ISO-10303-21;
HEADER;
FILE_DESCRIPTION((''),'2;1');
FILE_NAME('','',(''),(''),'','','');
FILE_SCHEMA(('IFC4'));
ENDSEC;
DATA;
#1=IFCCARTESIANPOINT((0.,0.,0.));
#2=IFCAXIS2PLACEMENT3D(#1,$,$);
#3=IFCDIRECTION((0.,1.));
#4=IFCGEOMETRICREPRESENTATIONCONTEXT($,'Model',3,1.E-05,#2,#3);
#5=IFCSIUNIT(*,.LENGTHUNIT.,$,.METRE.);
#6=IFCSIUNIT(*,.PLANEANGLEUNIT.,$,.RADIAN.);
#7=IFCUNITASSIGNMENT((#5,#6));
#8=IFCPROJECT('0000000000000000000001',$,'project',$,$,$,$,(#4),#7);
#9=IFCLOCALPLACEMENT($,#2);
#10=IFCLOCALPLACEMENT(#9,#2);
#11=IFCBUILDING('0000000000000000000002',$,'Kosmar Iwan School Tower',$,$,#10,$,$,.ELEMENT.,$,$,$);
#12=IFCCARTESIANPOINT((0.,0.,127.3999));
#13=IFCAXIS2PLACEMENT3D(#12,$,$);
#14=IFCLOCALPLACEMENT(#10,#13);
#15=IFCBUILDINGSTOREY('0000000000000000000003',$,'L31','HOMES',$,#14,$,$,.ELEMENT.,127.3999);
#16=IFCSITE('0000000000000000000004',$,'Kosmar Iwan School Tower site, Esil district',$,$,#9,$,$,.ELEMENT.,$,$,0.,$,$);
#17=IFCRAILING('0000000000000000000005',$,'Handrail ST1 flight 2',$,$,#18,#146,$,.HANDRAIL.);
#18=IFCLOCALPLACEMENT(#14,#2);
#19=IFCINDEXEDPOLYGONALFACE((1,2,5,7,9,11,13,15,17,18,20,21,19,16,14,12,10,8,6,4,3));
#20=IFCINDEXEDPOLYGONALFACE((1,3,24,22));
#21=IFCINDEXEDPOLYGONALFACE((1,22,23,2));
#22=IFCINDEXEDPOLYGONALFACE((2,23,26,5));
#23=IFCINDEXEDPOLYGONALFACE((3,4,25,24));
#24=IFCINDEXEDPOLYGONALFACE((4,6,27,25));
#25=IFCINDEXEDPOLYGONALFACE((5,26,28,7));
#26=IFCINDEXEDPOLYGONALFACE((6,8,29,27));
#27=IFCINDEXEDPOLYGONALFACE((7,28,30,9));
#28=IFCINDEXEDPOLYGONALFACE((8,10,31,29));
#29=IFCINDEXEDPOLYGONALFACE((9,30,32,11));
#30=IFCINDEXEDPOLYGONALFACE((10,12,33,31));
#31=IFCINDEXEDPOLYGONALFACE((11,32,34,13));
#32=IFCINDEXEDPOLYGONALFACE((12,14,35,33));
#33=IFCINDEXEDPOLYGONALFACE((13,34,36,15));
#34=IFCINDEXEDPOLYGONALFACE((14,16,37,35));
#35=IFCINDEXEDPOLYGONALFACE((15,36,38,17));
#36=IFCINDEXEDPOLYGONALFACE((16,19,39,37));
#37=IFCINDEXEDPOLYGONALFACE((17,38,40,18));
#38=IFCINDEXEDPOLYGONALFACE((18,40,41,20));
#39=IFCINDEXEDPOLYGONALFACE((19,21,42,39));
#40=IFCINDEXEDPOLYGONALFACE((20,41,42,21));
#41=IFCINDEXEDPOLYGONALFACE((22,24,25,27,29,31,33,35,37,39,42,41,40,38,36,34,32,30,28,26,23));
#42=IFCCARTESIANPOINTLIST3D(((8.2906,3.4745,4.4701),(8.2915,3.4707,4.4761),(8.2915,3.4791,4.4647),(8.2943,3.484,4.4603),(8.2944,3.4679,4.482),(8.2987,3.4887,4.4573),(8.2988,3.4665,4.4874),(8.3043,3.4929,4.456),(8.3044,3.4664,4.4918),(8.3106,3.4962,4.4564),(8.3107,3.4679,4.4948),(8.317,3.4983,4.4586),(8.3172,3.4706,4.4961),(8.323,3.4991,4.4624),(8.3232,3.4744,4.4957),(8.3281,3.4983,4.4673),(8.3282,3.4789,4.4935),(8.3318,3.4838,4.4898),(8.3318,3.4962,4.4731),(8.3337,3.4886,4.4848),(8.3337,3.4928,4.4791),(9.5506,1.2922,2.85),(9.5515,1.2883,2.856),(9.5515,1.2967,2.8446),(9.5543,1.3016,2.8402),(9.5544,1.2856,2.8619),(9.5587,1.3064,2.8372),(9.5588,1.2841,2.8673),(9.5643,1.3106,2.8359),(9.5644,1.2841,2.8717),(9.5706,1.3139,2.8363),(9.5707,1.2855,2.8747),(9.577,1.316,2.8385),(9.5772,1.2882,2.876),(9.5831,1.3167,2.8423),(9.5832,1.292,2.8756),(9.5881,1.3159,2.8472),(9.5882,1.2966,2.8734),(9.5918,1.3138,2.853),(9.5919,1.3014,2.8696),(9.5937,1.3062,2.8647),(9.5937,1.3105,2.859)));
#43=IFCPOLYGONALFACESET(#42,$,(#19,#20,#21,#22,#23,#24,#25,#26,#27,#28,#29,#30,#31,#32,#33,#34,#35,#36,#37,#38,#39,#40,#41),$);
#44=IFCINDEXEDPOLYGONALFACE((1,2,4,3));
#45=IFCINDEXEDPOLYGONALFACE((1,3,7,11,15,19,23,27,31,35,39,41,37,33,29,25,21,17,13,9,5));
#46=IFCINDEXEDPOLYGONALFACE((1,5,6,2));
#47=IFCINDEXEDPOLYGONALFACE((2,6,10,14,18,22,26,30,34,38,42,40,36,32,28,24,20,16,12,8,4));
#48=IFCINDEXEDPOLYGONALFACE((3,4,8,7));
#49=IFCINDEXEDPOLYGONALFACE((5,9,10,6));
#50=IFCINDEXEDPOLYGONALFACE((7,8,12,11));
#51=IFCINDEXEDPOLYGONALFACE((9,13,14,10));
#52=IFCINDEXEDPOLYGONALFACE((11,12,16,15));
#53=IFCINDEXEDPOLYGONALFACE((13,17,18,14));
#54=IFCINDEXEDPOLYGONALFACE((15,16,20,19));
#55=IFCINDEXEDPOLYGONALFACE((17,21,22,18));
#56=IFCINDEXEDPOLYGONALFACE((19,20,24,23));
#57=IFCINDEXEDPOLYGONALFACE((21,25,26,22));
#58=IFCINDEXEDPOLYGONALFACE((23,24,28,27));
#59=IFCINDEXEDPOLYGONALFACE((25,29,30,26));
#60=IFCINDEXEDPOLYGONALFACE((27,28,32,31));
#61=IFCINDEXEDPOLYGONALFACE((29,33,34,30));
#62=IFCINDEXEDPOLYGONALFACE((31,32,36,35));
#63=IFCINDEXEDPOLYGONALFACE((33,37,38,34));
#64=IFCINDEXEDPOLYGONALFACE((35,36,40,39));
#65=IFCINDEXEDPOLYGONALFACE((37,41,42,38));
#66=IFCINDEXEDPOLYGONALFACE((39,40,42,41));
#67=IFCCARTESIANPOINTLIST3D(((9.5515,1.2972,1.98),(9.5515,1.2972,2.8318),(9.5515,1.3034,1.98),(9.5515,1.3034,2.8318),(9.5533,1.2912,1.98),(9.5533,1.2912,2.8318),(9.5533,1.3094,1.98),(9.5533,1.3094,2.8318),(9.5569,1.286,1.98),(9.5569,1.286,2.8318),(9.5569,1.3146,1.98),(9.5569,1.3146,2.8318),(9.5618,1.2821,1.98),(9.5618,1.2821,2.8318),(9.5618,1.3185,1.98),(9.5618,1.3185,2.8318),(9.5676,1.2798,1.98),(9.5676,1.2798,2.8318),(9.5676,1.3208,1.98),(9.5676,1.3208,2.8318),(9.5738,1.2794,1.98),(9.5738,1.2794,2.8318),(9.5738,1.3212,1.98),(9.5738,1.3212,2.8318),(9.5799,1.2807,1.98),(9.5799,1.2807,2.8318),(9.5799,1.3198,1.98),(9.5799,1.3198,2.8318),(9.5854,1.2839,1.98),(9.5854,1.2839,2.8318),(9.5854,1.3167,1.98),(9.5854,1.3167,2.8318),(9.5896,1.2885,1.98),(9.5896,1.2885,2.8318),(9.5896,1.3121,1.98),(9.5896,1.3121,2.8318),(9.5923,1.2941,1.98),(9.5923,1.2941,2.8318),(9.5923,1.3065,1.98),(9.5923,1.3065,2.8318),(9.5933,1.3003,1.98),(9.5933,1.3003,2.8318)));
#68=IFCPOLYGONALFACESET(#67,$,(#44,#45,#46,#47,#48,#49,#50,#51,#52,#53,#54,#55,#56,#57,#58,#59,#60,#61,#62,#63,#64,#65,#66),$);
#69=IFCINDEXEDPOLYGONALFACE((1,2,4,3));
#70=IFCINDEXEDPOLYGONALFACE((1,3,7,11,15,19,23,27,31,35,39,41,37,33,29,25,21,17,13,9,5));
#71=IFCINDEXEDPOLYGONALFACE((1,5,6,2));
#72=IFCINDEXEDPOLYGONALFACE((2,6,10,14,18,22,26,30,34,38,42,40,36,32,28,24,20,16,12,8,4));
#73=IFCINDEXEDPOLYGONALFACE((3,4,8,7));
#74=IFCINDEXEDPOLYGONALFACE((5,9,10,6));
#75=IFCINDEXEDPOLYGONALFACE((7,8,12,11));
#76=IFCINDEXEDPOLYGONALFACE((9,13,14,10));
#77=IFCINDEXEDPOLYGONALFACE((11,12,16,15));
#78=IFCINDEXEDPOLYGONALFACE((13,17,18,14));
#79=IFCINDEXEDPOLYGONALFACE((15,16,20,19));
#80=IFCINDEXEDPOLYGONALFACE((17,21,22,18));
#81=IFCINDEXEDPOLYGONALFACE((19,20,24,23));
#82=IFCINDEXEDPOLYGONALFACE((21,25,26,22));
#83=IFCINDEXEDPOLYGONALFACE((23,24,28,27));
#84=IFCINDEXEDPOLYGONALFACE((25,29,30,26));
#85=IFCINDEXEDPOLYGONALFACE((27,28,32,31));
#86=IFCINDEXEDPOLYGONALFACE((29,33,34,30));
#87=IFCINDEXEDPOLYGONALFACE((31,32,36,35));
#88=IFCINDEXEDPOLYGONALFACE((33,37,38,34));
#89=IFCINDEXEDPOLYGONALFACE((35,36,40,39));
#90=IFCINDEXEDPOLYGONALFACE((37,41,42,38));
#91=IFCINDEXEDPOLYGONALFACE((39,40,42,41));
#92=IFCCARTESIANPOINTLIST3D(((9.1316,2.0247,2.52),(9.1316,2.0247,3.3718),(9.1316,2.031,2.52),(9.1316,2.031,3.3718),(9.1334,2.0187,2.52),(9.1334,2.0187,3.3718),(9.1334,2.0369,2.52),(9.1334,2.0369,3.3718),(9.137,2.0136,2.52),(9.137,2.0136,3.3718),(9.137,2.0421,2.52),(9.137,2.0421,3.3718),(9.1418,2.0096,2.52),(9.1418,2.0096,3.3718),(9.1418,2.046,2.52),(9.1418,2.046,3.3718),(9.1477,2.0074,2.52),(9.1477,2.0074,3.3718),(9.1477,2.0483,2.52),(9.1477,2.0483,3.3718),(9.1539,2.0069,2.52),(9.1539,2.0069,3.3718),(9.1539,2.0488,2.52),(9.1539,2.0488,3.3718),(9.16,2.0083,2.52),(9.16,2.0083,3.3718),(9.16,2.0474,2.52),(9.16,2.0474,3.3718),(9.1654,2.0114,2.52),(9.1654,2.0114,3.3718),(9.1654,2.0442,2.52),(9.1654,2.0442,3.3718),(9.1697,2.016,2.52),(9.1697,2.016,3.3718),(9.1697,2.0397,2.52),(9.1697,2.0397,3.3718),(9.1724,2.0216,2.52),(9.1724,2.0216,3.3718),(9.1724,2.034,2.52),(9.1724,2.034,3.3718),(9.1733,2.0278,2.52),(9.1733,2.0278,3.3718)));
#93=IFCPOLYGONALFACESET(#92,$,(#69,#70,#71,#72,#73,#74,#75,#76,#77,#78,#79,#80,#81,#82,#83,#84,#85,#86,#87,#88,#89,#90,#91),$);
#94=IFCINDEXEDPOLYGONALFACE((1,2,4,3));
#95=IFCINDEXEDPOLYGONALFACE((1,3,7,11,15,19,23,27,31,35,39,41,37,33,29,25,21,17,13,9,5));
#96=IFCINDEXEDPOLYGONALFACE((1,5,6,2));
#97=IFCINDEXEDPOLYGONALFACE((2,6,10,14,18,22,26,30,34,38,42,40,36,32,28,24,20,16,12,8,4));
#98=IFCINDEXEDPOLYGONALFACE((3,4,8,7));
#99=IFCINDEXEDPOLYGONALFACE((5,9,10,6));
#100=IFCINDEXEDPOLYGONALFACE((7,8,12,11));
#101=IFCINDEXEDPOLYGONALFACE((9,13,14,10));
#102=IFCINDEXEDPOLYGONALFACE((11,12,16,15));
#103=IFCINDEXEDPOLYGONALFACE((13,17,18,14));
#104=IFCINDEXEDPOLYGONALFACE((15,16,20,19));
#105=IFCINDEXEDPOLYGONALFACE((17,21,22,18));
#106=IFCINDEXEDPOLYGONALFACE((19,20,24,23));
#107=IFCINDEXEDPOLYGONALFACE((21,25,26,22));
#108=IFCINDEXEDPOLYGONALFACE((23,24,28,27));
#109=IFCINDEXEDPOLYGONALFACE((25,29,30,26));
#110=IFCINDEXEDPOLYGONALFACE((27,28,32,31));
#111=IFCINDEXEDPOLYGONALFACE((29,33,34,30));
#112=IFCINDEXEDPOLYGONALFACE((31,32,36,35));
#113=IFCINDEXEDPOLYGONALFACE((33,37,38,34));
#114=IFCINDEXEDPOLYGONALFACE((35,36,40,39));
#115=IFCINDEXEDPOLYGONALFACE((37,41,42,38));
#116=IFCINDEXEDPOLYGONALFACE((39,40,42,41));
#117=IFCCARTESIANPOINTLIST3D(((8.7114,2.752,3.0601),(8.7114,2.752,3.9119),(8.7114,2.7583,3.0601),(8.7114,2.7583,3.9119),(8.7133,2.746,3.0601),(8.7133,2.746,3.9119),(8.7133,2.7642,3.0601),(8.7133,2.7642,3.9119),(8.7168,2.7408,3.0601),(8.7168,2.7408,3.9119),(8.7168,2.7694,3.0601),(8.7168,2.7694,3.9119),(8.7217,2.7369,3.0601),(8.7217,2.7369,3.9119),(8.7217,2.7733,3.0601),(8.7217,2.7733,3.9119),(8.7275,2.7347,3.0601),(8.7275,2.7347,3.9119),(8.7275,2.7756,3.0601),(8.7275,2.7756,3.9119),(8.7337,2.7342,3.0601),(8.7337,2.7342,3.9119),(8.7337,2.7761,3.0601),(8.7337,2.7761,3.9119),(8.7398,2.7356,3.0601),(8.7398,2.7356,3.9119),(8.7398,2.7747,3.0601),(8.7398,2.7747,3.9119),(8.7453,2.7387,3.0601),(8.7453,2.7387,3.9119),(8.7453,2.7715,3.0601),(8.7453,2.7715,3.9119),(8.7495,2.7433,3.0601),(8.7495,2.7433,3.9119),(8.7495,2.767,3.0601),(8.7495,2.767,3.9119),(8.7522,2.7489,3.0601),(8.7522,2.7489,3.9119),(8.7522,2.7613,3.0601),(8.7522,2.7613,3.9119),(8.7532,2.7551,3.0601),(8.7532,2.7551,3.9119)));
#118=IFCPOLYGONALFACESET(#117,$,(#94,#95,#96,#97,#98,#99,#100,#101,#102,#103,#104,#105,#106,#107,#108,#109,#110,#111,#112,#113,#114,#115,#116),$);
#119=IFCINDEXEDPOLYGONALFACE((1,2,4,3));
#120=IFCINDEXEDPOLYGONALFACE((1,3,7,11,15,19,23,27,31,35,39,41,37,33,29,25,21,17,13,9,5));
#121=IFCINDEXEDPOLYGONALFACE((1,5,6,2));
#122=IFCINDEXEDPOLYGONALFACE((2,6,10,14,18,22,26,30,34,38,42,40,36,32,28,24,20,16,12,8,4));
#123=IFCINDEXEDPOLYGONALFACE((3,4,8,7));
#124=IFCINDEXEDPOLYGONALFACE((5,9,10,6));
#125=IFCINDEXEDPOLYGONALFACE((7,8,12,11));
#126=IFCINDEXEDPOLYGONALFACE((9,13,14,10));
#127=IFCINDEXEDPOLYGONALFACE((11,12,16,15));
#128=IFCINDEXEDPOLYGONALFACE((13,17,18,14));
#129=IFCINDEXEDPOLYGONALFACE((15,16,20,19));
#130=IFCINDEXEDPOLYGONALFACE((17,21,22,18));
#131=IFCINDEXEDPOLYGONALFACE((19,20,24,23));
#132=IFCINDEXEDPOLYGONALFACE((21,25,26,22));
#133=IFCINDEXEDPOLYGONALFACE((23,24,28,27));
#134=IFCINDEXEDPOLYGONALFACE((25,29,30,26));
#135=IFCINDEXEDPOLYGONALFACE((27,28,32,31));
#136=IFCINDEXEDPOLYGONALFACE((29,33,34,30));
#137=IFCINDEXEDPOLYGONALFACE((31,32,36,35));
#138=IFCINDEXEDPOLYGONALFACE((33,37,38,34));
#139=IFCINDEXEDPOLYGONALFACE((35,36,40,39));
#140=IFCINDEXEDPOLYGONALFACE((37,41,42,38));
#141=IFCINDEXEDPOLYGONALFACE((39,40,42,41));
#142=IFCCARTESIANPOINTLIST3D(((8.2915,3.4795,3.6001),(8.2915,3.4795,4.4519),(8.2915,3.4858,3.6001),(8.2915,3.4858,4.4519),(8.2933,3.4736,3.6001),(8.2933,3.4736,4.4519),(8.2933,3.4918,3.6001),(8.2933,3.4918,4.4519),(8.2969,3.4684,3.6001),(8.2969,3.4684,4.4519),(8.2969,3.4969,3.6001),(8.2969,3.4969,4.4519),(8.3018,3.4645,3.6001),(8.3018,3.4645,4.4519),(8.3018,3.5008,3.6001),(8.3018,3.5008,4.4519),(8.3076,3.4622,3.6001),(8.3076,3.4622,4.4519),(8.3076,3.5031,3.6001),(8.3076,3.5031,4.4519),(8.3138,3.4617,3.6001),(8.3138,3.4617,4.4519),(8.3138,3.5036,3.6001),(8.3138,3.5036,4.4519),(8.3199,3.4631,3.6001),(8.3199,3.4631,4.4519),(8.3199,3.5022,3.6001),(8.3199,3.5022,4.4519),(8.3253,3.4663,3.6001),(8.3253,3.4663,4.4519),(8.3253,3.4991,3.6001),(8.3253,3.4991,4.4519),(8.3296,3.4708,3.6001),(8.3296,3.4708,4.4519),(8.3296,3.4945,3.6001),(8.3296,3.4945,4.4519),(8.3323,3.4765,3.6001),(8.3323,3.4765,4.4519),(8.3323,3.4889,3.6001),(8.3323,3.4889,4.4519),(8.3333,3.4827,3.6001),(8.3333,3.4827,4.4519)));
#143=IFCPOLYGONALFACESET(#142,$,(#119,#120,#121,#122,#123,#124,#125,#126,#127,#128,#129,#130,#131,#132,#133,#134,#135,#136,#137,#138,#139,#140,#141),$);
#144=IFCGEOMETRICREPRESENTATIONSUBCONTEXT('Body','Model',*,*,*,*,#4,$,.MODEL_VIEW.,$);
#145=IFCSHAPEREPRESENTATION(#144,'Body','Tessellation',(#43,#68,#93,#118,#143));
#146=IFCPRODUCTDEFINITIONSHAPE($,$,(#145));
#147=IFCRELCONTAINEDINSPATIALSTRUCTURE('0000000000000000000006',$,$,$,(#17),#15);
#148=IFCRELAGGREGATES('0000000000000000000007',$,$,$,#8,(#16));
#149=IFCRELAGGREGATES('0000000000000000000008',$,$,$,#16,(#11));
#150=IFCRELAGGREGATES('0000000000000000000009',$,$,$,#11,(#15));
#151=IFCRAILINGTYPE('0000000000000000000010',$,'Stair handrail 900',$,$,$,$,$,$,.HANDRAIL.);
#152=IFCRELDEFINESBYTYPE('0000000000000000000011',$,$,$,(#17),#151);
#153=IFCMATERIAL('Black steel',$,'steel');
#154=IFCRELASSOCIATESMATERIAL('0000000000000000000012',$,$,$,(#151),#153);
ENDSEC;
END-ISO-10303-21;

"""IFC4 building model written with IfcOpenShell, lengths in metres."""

from ifc_helpers import new_model, si_unit, direction, frame, origin, origin_2d, place, context, subcontext, project, spatial, circle, extrude, material, type_object, element, save


model = new_model("IFC4")

# Units and contexts
model_context = context("Model", 3, precision=1e-05, world=origin(), true_north=direction((0.0, 1.0)))
body_context = subcontext(model_context, "Body", "Model", "MODEL_VIEW")
ifc_project = project(units=[si_unit("LENGTHUNIT", "METRE"), si_unit("PLANEANGLEUNIT", "RADIAN")], contexts=[model_context])

# Site, building, storey
site_placement = place(None, origin())
site = spatial("IfcSite", under=ifc_project, at=site_placement, Name="Kosmar Iwan School Tower site, Esil district", CompositionType="ELEMENT", RefElevation=0.0)
building_placement = place(site_placement, origin())
building = spatial("IfcBuilding", under=site, at=building_placement, Name="Kosmar Iwan School Tower", CompositionType="ELEMENT")
storey_placement = place(building_placement, frame((0.0, 0.0, 127.3999)))
storey = spatial("IfcBuildingStorey", under=building, at=storey_placement, Name="L31", Description="HOMES", CompositionType="ELEMENT", Elevation=127.3999)

# Railing
ifc_material_1 = material(Name="Black steel", Category="steel")
railing_type = type_object("IfcRailingType", Name="Stair handrail 900", PredefinedType="HANDRAIL", material=ifc_material_1)
railing_placement = place(storey_placement, frame((9.5723, 1.3003, 1.98)))
element("IfcRailing", 1, at=railing_placement, inside=storey, type_object=railing_type, Name="Handrail ST1 flight 2", PredefinedType="HANDRAIL", context=body_context, shape_type="SweptSolid", body=[
    extrude(circle(Radius=0.0239, at=origin_2d()), frame((0.0, 0.0, 0.876), z_axis=(-0.420584, 0.728464, 0.540786), x_axis=(-0.866023, -0.500005, 0.0)), (0.0, 0.0, 1.0), 2.9958),
    extrude(circle(Radius=0.021, at=origin_2d()), origin(), (0.0, 0.0, 1.0), 0.8518),
    extrude(circle(Radius=0.021, at=origin_2d()), frame((-0.4199, 0.7275, 0.54)), (0.0, 0.0, 1.0), 0.8518),
    extrude(circle(Radius=0.021, at=origin_2d()), frame((-0.8401, 1.4548, 1.0801)), (0.0, 0.0, 1.0), 0.8518),
    extrude(circle(Radius=0.021, at=origin_2d()), frame((-1.26, 2.1824, 1.6201)), (0.0, 0.0, 1.0), 0.8518),
])

save(model, "model.ifc")
